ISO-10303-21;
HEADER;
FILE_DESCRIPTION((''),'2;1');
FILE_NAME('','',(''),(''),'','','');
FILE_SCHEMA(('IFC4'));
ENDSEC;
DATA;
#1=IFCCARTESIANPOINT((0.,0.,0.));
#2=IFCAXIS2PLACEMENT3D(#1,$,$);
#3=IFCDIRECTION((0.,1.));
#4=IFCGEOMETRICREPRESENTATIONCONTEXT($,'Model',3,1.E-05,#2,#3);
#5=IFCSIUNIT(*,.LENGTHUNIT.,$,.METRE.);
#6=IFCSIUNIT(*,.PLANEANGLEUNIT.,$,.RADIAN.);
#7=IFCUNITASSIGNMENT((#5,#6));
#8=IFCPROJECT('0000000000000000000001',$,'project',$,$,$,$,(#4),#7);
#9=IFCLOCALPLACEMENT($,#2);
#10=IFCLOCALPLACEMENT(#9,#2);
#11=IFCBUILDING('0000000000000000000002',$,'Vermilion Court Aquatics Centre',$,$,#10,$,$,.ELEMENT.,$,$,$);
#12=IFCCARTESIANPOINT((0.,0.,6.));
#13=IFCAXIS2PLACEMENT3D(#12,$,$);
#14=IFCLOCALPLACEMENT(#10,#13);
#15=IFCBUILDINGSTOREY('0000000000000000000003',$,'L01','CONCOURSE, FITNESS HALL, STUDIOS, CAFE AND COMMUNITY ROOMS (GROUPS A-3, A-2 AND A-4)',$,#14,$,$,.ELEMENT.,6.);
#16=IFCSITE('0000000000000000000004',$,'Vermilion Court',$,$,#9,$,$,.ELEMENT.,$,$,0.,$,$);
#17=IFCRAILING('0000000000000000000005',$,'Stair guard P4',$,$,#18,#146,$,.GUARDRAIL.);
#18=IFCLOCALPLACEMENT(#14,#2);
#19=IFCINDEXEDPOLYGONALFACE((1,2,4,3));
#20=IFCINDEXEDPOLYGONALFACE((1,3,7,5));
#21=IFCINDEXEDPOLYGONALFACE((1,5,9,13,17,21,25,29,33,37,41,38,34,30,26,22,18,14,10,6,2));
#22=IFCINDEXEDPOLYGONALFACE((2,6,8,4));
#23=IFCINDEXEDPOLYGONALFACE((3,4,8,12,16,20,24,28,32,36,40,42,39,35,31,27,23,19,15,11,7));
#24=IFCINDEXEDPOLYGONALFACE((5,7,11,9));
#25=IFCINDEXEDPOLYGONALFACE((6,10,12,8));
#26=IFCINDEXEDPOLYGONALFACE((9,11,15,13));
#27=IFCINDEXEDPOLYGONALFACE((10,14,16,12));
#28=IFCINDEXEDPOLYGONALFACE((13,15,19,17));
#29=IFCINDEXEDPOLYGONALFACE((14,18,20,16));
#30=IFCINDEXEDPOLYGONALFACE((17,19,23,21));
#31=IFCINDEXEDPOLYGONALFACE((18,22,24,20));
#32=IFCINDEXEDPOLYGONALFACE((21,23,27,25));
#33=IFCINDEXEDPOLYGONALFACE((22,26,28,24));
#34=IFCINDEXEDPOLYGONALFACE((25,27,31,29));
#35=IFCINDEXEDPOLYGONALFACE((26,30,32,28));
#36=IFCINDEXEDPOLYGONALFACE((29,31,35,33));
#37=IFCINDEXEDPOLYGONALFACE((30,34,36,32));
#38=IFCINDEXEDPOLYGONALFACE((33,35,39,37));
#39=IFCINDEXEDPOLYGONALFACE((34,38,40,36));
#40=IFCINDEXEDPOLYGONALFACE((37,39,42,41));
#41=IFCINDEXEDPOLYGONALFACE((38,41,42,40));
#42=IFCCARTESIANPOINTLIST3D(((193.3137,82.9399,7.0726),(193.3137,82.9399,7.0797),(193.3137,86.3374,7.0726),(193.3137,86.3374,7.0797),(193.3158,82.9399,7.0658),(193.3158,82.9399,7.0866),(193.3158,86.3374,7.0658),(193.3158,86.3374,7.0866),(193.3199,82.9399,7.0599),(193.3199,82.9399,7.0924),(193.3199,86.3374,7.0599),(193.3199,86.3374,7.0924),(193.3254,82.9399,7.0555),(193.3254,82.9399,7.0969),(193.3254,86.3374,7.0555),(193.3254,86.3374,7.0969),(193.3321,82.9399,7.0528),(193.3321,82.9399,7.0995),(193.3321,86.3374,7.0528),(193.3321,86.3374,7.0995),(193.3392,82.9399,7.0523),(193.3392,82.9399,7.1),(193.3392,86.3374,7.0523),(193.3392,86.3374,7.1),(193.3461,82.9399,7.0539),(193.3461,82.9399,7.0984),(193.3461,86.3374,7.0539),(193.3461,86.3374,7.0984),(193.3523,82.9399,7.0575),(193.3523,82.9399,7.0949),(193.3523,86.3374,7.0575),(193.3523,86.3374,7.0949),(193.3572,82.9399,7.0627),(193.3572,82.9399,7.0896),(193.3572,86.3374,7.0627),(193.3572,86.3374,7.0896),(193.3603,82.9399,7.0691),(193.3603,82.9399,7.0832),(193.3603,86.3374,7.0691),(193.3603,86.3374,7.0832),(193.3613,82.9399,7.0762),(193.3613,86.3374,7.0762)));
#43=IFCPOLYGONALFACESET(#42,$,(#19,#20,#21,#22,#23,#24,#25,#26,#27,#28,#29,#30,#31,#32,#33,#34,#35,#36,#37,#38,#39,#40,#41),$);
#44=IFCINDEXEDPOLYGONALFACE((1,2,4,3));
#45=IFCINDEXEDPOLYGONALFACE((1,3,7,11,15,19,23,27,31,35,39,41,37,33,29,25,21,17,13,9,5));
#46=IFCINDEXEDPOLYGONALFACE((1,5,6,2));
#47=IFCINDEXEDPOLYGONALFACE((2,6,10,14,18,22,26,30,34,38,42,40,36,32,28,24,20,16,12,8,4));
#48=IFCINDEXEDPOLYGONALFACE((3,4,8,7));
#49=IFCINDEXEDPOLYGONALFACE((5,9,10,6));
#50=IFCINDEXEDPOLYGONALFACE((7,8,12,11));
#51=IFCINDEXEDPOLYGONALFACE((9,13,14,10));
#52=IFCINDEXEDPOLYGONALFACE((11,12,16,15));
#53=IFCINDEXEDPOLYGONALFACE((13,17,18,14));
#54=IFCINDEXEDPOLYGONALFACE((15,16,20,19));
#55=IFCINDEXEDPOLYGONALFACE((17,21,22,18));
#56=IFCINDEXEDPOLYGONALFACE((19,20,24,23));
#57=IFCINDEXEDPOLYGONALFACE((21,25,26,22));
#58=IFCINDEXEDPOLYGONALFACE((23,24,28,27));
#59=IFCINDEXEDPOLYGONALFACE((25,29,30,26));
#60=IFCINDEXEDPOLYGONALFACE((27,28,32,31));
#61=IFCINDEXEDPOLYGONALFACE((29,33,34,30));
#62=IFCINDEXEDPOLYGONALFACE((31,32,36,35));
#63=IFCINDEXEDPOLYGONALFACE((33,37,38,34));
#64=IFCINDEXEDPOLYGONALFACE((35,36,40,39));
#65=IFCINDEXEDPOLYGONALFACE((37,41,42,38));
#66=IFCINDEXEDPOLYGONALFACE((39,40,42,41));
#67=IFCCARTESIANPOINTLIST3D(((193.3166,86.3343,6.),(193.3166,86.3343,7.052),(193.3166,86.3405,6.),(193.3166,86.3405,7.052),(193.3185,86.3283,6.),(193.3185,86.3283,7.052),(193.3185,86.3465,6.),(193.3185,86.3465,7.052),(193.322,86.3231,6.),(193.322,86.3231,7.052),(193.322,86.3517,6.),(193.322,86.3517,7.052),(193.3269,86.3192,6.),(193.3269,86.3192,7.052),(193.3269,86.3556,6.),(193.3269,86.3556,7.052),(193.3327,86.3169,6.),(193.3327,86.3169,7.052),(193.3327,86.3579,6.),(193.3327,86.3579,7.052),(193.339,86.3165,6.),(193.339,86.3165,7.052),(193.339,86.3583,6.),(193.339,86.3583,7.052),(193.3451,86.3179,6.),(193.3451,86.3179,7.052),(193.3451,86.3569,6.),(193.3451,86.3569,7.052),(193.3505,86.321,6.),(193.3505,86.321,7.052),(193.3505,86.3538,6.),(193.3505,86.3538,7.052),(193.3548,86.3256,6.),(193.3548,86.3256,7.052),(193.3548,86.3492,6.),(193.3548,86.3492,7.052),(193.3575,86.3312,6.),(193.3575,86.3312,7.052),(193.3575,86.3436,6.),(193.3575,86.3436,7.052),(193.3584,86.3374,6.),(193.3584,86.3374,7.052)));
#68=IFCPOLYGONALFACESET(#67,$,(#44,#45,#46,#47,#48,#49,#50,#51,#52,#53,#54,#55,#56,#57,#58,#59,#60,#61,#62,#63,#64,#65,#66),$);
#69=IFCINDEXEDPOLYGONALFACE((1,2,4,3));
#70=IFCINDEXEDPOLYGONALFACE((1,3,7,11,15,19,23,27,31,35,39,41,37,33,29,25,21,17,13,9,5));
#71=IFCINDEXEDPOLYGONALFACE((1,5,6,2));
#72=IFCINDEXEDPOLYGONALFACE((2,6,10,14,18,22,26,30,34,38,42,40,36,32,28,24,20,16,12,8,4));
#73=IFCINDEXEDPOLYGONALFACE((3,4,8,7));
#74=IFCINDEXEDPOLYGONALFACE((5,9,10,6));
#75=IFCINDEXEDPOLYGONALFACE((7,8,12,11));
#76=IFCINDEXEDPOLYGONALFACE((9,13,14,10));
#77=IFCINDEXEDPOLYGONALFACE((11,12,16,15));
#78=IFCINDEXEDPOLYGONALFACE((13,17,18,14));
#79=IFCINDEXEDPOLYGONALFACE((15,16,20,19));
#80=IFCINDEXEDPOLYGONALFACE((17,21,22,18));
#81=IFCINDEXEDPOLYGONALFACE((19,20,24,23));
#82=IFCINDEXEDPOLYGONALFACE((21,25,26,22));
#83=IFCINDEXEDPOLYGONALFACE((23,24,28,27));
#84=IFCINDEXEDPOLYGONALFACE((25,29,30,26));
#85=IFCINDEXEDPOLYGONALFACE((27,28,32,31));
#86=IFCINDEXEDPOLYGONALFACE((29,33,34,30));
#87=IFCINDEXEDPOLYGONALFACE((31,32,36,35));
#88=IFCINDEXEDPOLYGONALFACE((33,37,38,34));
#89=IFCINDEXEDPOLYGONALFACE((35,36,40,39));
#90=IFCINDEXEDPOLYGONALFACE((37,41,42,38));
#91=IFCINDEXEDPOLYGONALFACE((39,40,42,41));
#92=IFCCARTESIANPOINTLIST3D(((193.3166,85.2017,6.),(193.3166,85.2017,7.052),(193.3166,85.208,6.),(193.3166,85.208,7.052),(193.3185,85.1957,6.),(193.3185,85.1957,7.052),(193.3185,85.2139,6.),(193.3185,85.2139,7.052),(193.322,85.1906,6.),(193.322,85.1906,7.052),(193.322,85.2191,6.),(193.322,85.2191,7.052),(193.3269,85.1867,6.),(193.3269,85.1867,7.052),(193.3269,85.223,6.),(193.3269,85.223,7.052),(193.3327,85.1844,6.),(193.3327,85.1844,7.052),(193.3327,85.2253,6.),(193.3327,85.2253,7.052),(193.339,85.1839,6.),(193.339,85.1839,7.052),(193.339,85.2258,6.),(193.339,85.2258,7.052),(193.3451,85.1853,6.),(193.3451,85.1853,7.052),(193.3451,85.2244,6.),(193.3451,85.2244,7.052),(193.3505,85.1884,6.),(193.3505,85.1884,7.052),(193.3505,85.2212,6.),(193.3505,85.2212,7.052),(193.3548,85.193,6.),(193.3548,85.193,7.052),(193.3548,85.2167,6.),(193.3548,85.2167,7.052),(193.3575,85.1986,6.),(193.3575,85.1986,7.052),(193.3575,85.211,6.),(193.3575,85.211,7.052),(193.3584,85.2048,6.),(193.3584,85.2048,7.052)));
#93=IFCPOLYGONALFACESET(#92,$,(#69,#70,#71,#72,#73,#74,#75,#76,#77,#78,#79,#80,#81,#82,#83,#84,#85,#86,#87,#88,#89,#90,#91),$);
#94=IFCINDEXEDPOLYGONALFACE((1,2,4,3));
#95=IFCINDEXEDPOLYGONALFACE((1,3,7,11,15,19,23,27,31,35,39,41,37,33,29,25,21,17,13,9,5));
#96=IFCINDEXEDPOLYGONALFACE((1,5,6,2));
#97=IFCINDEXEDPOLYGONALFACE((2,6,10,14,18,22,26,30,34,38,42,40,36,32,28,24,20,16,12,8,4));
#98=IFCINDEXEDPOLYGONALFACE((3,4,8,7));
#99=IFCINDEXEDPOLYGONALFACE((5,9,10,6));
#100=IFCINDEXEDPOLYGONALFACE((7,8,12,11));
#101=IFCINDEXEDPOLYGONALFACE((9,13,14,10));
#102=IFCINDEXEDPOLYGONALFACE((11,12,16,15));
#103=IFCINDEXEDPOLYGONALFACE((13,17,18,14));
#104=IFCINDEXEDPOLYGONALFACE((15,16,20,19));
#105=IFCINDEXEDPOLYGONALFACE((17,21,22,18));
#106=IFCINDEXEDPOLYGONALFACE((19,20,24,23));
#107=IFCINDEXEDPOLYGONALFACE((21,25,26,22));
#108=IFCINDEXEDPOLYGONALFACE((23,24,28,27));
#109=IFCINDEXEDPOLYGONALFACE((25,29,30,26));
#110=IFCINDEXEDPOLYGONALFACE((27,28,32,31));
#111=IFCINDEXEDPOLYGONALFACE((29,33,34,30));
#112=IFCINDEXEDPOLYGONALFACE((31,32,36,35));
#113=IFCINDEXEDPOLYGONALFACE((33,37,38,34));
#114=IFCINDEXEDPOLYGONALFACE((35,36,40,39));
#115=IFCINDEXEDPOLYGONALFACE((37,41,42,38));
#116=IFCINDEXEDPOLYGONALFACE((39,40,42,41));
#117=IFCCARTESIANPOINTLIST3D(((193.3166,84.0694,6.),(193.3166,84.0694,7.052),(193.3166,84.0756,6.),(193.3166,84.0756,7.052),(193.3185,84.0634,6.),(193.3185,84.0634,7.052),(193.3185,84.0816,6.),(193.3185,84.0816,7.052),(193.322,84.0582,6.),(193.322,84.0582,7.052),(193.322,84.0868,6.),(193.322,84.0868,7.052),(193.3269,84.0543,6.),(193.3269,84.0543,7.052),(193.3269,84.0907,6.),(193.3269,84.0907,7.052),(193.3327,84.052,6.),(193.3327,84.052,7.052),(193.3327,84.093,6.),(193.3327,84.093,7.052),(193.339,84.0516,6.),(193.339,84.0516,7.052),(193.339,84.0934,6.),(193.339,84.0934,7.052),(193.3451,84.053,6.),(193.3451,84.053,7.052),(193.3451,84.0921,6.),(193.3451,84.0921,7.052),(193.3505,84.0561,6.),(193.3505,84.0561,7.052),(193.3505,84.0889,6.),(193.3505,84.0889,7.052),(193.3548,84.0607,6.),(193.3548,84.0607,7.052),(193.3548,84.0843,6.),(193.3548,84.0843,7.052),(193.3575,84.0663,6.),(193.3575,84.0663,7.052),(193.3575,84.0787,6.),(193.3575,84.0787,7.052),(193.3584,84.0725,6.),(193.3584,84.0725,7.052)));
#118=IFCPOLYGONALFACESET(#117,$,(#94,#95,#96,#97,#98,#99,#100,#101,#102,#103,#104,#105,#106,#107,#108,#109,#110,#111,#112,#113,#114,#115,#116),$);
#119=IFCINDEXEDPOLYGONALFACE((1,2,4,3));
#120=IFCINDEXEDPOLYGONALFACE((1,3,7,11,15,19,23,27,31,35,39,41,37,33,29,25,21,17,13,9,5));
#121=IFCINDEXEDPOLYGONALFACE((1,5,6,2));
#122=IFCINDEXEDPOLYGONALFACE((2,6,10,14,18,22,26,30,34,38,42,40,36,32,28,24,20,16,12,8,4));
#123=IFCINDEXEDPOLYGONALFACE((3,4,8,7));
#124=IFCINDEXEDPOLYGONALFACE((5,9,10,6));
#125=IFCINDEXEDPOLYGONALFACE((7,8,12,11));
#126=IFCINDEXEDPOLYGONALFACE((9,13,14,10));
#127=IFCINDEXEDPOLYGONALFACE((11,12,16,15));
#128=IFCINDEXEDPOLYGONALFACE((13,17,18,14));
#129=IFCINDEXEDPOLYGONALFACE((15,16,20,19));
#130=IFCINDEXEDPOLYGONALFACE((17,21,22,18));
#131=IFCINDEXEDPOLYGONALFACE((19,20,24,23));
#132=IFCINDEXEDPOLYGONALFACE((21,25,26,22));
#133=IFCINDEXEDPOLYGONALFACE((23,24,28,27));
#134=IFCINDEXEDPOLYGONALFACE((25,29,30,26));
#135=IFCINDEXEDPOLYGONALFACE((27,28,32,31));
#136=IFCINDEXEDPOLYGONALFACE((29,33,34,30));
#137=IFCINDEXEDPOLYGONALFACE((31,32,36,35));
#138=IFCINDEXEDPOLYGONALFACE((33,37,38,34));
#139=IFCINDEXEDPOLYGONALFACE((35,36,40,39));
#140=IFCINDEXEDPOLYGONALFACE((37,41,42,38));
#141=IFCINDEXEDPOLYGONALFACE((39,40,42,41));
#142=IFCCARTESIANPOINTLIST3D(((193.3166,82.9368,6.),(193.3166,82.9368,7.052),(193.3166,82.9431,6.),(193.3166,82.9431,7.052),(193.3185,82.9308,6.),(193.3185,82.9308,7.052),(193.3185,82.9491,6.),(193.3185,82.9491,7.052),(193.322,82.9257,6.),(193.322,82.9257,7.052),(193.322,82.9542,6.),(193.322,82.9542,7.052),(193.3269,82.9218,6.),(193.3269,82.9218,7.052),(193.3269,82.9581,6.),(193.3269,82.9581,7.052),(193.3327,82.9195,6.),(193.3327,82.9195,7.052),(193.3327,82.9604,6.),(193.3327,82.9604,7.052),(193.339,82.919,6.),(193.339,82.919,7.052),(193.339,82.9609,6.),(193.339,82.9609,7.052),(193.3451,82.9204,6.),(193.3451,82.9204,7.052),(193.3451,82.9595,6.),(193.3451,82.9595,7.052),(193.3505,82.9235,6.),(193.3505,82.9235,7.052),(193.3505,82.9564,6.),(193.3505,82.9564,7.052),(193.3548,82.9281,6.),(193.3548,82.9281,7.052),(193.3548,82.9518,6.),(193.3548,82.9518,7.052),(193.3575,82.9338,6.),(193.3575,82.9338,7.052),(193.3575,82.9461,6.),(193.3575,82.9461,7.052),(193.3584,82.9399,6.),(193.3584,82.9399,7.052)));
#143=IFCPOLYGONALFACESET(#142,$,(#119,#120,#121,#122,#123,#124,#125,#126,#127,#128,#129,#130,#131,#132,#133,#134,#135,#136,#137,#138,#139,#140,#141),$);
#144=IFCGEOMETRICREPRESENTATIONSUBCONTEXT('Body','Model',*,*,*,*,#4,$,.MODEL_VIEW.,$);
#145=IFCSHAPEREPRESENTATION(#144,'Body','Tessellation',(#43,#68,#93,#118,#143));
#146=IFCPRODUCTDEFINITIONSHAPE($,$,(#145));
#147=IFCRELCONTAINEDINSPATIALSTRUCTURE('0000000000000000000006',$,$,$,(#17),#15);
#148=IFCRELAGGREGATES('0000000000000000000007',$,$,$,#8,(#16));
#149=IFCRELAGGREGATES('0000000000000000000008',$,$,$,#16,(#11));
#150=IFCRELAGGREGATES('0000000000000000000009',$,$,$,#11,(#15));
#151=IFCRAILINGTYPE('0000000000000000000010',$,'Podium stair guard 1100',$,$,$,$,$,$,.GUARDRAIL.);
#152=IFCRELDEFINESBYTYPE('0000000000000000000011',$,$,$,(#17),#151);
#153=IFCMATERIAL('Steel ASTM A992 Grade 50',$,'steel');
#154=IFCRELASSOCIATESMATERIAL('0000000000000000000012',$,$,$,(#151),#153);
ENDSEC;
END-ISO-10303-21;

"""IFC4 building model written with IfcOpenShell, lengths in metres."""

from ifc_helpers import new_model, si_unit, direction, frame, origin, origin_2d, place, context, subcontext, project, spatial, circle, extrude, material, type_object, element, save


model = new_model("IFC4")

# Units and contexts
model_context = context("Model", 3, precision=1e-05, world=origin(), true_north=direction((0.0, 1.0)))
body_context = subcontext(model_context, "Body", "Model", "MODEL_VIEW")
ifc_project = project(units=[si_unit("LENGTHUNIT", "METRE"), si_unit("PLANEANGLEUNIT", "RADIAN")], contexts=[model_context])

# Site, building, storey
site_placement = place(None, origin())
site = spatial("IfcSite", under=ifc_project, at=site_placement, Name="Vermilion Court", CompositionType="ELEMENT", RefElevation=0.0)
building_placement = place(site_placement, origin())
building = spatial("IfcBuilding", under=site, at=building_placement, Name="Vermilion Court Aquatics Centre", CompositionType="ELEMENT")
storey_placement = place(building_placement, frame((0.0, 0.0, 6.0)))
storey = spatial("IfcBuildingStorey", under=building, at=storey_placement, Name="L01", Description="CONCOURSE, FITNESS HALL, STUDIOS, CAFE AND COMMUNITY ROOMS (GROUPS A-3, A-2 AND A-4)", CompositionType="ELEMENT", Elevation=6.0)

# Railing
ifc_material_1 = material(Name="Steel ASTM A992 Grade 50", Category="steel")
railing_type_1 = type_object("IfcRailingType", Name="Podium stair guard 1100", PredefinedType="GUARDRAIL", material=ifc_material_1)
railing_1_placement = place(storey_placement, frame((193.3374, 86.3374, 6.0)))
element("IfcRailing", 1, at=railing_1_placement, inside=storey, type_object=railing_type_1, Name="Stair guard P4", PredefinedType="GUARDRAIL", context=body_context, shape_type="SweptSolid", body=[
    extrude(circle(Radius=0.0239, at=origin_2d()), frame((0.0, 0.0, 1.0762), z_axis=(0.0, -1.0, 0.0), x_axis=(1.0, 0.0, 0.0)), (0.0, 0.0, 1.0), 3.3975),
    extrude(circle(Radius=0.021, at=origin_2d()), origin(), (0.0, 0.0, 1.0), 1.052),
    extrude(circle(Radius=0.021, at=origin_2d()), frame((0.0, -1.1326, 0.0)), (0.0, 0.0, 1.0), 1.052),
    extrude(circle(Radius=0.021, at=origin_2d()), frame((0.0, -2.2649, 0.0)), (0.0, 0.0, 1.0), 1.052),
    extrude(circle(Radius=0.021, at=origin_2d()), frame((0.0, -3.3975, 0.0)), (0.0, 0.0, 1.0), 1.052),
])

save(model, "model.ifc")
